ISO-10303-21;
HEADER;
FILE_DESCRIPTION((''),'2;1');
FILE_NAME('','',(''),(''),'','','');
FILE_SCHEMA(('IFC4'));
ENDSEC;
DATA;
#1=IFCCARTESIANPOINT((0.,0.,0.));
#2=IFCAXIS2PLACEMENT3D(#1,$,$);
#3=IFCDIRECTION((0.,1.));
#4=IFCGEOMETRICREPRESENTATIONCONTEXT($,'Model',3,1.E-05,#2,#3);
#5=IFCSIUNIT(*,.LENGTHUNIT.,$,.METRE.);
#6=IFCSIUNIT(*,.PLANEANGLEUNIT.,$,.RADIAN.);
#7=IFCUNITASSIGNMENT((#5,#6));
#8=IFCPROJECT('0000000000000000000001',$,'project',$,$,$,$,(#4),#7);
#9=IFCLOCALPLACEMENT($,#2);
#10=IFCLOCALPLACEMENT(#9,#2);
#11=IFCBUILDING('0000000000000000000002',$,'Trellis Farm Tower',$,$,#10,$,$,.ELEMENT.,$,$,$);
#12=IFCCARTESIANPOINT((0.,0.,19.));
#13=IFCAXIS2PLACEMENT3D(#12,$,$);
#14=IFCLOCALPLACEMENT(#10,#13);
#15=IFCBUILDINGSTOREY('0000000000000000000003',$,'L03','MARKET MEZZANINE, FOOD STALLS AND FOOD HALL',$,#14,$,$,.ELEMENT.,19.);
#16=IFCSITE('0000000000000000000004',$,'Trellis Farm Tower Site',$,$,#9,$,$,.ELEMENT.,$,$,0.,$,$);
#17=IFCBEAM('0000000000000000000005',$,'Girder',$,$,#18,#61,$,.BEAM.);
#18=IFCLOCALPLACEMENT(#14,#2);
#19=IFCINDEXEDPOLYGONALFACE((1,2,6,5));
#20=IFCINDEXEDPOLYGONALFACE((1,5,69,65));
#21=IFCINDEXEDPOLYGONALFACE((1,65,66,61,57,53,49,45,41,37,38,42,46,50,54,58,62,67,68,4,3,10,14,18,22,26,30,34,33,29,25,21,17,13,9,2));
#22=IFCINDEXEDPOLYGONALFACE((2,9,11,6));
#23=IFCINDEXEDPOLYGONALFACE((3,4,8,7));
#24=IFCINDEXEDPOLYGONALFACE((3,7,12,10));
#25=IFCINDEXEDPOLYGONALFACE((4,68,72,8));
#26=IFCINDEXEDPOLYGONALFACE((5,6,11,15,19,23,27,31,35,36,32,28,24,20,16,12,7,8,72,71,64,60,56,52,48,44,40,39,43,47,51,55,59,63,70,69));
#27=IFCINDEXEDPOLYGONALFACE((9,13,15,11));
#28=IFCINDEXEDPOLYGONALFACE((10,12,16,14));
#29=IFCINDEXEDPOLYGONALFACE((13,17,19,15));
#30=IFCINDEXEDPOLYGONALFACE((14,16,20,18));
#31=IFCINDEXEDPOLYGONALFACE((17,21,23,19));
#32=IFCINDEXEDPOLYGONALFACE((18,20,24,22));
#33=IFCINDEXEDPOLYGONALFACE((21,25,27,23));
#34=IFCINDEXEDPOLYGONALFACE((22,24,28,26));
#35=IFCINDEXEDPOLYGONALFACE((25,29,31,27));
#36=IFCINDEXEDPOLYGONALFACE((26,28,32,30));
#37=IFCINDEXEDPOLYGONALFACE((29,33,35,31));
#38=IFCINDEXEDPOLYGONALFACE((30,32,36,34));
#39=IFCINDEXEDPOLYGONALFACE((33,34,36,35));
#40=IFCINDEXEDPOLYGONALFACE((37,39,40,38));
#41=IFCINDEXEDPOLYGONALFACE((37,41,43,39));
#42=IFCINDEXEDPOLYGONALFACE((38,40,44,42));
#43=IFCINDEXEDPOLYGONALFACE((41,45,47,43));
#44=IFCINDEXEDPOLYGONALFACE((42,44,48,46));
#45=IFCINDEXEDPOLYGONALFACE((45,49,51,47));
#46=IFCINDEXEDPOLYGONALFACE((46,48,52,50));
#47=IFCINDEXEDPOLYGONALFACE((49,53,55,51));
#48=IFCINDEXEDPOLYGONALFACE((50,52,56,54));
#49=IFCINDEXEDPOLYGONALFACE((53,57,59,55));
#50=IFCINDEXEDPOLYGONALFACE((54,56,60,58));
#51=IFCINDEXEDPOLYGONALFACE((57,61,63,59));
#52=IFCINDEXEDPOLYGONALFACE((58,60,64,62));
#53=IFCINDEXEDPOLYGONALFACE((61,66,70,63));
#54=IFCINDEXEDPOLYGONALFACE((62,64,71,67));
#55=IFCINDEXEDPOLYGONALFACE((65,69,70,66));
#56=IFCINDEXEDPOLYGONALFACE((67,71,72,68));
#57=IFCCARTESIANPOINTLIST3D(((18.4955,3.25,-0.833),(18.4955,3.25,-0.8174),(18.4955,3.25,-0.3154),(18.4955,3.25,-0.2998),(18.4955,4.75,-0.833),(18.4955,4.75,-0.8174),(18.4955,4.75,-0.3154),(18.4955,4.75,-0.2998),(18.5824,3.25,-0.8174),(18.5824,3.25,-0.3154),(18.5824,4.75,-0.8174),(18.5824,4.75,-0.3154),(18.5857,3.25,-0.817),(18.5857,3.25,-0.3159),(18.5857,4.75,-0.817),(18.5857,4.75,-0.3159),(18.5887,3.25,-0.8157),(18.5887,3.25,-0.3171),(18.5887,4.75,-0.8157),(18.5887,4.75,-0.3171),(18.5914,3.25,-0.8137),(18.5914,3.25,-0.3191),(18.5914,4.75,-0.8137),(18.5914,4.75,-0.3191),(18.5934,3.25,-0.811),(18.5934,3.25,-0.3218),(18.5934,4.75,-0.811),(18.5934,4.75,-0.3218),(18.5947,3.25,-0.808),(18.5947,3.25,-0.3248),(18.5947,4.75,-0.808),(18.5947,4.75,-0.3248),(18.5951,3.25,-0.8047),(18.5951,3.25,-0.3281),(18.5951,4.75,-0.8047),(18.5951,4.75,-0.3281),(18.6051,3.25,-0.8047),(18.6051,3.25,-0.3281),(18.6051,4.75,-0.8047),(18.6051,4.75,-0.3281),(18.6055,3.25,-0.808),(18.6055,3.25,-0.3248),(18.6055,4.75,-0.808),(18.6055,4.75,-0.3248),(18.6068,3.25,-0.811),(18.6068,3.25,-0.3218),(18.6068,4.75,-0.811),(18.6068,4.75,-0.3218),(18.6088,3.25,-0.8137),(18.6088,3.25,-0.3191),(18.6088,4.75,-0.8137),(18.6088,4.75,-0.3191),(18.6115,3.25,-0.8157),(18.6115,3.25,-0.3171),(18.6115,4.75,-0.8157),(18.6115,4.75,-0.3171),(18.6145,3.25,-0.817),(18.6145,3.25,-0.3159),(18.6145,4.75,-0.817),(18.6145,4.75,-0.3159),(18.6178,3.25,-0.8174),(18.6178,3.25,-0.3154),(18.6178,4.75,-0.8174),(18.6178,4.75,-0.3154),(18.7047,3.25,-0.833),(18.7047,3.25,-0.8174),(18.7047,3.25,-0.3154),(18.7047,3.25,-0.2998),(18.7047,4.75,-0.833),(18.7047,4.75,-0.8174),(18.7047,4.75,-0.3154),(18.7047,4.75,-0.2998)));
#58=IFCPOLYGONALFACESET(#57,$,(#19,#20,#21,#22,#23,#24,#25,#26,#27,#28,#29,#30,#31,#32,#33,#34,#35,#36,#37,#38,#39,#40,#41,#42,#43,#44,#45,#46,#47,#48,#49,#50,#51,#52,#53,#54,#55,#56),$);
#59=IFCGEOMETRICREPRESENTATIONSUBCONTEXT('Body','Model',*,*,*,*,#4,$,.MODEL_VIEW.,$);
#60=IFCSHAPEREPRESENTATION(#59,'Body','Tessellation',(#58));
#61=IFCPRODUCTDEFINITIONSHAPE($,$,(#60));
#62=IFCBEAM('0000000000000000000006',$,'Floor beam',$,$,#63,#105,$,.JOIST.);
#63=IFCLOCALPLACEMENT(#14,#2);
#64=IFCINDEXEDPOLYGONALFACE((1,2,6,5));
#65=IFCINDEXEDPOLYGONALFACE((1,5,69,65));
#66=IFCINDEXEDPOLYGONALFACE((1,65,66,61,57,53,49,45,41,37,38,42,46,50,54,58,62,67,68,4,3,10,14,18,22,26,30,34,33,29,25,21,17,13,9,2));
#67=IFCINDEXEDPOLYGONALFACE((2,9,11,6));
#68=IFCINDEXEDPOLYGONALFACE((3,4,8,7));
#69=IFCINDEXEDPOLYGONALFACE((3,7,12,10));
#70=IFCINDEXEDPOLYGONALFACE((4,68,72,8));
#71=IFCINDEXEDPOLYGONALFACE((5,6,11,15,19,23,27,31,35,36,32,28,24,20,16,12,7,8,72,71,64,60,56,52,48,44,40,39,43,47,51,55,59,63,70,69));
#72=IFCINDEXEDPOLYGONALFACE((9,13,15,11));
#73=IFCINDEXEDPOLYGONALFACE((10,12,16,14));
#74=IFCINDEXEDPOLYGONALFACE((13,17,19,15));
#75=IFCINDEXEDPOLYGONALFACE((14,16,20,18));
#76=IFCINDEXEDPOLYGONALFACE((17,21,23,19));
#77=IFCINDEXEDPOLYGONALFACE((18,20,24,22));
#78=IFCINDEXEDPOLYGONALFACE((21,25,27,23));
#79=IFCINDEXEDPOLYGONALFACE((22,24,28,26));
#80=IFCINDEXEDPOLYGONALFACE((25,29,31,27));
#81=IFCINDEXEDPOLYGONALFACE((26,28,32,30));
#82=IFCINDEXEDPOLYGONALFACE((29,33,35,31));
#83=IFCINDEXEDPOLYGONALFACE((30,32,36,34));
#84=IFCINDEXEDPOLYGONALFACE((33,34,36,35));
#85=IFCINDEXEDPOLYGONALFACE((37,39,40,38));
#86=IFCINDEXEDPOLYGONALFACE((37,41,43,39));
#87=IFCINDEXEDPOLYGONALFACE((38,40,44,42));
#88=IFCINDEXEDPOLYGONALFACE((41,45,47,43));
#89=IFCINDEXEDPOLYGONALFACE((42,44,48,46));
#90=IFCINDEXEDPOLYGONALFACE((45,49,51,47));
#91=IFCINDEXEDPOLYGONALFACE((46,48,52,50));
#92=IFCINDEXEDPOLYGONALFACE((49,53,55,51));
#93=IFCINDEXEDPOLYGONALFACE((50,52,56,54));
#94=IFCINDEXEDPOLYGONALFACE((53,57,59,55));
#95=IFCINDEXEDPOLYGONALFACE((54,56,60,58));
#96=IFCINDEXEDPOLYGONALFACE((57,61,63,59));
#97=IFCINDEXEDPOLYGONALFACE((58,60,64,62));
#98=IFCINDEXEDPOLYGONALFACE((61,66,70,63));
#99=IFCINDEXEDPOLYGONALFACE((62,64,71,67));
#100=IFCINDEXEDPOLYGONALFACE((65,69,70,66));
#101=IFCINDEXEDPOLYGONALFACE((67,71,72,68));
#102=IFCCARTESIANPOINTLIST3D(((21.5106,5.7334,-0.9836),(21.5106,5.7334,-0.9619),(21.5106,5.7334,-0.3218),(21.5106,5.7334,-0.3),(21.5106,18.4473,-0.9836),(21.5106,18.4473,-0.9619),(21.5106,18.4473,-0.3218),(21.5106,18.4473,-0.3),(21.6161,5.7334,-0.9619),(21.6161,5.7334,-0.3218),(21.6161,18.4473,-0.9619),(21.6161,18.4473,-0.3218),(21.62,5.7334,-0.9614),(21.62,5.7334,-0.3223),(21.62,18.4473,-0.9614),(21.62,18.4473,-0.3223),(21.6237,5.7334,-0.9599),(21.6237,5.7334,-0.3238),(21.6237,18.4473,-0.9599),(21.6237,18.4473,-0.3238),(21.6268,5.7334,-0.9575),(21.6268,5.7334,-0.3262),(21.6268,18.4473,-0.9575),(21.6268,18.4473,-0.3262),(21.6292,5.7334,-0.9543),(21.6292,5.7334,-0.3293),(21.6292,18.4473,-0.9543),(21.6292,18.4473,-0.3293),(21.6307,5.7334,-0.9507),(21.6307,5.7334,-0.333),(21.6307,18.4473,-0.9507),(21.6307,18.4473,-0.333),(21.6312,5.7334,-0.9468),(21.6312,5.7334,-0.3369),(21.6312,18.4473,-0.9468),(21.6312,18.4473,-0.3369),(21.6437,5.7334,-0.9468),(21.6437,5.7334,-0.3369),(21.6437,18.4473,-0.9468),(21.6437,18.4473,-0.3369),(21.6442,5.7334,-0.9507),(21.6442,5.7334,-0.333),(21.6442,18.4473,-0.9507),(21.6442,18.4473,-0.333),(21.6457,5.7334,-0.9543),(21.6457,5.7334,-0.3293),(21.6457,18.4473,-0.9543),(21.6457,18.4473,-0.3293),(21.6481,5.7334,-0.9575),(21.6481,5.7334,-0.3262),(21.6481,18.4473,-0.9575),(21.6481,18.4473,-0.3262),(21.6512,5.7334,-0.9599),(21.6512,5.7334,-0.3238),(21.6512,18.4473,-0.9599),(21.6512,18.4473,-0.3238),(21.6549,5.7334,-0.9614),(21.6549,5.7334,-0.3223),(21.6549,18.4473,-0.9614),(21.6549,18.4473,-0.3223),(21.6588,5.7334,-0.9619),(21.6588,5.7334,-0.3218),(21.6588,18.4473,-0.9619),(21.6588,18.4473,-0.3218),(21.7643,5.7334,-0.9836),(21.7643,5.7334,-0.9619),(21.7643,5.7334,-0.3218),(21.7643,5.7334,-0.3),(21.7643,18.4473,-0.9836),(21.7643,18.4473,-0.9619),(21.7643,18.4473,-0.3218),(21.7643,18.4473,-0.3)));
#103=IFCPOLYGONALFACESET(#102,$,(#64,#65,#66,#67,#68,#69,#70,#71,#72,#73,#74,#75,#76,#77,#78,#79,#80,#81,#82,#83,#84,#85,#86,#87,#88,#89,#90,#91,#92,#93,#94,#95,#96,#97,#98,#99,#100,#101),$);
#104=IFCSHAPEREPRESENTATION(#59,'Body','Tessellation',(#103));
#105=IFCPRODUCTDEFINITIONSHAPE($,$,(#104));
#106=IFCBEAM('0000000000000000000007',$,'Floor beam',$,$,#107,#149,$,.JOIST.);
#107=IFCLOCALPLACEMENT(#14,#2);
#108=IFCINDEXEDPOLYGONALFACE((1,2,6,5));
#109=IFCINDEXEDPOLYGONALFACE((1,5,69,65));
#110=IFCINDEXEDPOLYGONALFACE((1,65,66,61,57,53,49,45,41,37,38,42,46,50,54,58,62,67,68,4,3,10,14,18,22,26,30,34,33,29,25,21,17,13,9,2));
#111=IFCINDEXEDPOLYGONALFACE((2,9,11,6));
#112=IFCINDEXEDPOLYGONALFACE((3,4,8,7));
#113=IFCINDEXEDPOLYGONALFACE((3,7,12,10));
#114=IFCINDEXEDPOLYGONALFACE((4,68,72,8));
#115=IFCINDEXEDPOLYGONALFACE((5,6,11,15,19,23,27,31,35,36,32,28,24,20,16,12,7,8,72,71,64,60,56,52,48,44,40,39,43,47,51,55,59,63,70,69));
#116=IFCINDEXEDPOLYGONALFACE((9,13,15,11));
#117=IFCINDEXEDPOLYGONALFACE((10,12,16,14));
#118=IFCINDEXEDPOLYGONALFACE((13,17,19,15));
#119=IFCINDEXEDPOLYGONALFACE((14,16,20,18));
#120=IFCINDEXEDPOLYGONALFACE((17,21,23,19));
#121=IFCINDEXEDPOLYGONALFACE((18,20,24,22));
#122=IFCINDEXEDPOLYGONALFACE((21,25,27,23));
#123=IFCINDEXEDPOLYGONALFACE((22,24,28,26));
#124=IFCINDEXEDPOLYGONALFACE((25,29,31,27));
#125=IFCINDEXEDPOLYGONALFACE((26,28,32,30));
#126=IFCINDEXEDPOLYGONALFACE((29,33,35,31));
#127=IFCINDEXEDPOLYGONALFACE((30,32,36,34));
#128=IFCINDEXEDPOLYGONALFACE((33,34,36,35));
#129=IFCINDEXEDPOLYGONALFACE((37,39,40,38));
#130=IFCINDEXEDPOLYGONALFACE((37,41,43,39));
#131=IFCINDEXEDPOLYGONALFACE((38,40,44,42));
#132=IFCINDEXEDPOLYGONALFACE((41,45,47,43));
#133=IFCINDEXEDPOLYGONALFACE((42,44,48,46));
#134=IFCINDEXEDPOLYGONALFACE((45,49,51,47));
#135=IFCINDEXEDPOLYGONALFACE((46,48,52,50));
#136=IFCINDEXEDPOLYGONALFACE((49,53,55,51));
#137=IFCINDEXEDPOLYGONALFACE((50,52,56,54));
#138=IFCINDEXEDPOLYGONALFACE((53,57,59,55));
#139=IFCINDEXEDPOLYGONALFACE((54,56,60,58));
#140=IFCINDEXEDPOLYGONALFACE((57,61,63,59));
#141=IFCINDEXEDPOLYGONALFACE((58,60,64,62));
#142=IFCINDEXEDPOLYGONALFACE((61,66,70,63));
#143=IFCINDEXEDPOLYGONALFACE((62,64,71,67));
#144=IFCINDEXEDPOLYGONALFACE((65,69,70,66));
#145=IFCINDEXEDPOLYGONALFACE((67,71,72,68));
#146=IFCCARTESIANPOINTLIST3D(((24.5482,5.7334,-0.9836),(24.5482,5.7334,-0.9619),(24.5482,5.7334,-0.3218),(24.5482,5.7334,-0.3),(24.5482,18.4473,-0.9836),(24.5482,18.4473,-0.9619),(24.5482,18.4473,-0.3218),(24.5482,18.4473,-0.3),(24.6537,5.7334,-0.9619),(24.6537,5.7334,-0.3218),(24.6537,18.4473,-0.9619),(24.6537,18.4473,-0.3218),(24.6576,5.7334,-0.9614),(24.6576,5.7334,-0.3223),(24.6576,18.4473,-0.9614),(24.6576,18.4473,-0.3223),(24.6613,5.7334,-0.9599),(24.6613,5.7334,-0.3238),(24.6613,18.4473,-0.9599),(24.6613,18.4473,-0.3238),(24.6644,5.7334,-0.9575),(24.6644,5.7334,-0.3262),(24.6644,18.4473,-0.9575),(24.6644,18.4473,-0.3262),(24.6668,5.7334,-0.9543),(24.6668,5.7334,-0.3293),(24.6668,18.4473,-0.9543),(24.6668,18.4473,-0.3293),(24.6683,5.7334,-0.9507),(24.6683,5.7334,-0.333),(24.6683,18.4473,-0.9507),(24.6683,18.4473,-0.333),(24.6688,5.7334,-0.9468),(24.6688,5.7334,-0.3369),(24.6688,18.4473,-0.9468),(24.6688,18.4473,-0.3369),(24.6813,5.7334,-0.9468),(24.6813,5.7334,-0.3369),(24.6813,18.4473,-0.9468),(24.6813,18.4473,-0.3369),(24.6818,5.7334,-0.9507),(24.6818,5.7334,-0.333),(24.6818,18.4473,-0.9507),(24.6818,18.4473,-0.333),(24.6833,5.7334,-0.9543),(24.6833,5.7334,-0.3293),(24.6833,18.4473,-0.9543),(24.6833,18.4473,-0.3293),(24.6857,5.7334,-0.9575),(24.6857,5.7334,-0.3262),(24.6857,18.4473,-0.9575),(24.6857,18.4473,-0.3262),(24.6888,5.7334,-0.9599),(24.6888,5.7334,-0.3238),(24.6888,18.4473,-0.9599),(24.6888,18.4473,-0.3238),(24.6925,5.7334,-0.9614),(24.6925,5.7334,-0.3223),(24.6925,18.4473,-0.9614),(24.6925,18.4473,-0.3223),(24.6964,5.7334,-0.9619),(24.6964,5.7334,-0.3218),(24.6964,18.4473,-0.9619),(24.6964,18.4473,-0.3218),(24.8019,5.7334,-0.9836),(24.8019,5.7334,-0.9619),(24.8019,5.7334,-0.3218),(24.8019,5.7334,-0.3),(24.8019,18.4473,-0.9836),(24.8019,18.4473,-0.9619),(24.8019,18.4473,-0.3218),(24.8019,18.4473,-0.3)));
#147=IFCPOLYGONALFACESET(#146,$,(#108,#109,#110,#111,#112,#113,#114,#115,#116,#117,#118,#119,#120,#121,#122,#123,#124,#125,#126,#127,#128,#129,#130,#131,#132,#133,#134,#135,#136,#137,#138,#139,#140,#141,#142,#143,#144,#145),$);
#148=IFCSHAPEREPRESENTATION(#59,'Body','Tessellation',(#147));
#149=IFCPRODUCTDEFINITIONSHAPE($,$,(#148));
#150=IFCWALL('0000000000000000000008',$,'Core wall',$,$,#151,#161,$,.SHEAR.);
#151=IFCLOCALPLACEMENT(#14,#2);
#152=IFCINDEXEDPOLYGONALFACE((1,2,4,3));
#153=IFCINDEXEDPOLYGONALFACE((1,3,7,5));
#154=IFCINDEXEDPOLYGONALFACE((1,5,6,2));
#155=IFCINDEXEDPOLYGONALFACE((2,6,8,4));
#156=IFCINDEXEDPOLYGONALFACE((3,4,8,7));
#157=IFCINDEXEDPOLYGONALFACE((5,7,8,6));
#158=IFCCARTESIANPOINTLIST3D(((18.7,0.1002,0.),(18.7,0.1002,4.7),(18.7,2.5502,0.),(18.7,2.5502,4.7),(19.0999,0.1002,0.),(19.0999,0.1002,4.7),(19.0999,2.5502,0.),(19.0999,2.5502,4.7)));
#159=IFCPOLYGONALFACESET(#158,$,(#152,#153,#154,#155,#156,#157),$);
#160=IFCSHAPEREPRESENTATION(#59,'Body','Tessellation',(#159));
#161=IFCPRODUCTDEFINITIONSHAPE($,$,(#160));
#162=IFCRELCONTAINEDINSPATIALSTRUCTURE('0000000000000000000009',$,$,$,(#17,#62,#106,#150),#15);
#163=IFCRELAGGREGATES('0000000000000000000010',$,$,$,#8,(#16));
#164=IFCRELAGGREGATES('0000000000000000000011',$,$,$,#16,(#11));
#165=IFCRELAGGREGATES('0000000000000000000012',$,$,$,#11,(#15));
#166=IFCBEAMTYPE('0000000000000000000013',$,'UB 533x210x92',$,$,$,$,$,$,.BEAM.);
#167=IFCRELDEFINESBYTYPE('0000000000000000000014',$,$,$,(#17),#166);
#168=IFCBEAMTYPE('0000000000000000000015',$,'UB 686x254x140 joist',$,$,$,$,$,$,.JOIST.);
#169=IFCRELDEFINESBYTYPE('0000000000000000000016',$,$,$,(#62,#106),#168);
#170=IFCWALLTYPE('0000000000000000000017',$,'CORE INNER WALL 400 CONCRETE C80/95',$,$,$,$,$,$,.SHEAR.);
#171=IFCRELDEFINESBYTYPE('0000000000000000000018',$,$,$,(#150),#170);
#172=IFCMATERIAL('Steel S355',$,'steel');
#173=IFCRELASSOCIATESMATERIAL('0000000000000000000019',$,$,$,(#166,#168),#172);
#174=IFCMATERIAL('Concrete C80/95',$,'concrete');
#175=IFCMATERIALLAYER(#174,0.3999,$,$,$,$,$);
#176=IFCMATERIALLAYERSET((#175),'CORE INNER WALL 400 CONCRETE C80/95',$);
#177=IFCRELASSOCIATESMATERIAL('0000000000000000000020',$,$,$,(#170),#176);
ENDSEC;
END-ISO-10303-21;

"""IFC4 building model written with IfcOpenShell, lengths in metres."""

from ifc_helpers import new_model, si_unit, direction, frame, frame_2d, origin, origin_2d, place, context, subcontext, project, spatial, rectangle, i_section, extrude, source, transform, mapped, material, layer, layer_set, material_profile, profile_set, type_object, element, save


model = new_model("IFC4")

# Units and contexts
model_context = context("Model", 3, precision=1e-05, world=origin(), true_north=direction((0.0, 1.0)))
body_context = subcontext(model_context, "Body", "Model", "MODEL_VIEW")
ifc_project = project(units=[si_unit("LENGTHUNIT", "METRE"), si_unit("PLANEANGLEUNIT", "RADIAN")], contexts=[model_context])

# Site, building, storey
site_placement = place(None, origin())
site = spatial("IfcSite", under=ifc_project, at=site_placement, Name="Trellis Farm Tower Site", CompositionType="ELEMENT", RefElevation=0.0)
building_placement = place(site_placement, origin())
building = spatial("IfcBuilding", under=site, at=building_placement, Name="Trellis Farm Tower", CompositionType="ELEMENT")
storey_placement = place(building_placement, frame((0.0, 0.0, 19.0)))
storey = spatial("IfcBuildingStorey", under=building, at=storey_placement, Name="L03", Description="MARKET MEZZANINE, FOOD STALLS AND FOOD HALL", CompositionType="ELEMENT", Elevation=19.0)

# Shared definitions
ifc_material_1 = material(Name="Concrete C80/95", Category="concrete")

# Beams
ifc_material_2 = material(Name="Steel S355", Category="steel")
ifc_material_profile_1 = material_profile(ifc_material_2, i_section(OverallWidth=0.2092, OverallDepth=0.5332, WebThickness=0.01, FlangeThickness=0.0156, FilletRadius=0.0127, at=origin_2d()), Name="UB 533x210x92")
ifc_profile_set_1 = profile_set([ifc_material_profile_1], Name="Steel S355")
beam_type_1 = type_object("IfcBeamType", Name="UB 533x210x92", PredefinedType="BEAM", material=ifc_profile_set_1)
shared_shape_1 = source(origin(), body_context, "Body", "SweptSolid", [
    extrude(i_section(OverallWidth=0.2092, OverallDepth=0.5332, WebThickness=0.01, FlangeThickness=0.0156, FilletRadius=0.0127, at=origin_2d()), origin(), (0.0, 0.0, 1.0), 1.5),
])
beam_1_placement = place(storey_placement, frame((18.6001, 3.25, -0.5664), z_axis=(0.0, 1.0, 0.0), x_axis=(-1.0, 0.0, 0.0)))
element("IfcBeam", 1, at=beam_1_placement, inside=storey, type_object=beam_type_1, Name="Girder", PredefinedType="BEAM", context=body_context, shape_type="MappedRepresentation", body=[
    mapped(shared_shape_1, transform((0.0, 0.0, 0.0))),
])
ifc_material_profile_2 = material_profile(ifc_material_2, i_section(OverallWidth=0.2537, OverallDepth=0.6836, WebThickness=0.0125, FlangeThickness=0.0217, FilletRadius=0.0151, at=origin_2d()), Name="UB 686x254x140")
ifc_profile_set_2 = profile_set([ifc_material_profile_2], Name="Steel S355")
beam_type_2 = type_object("IfcBeamType", Name="UB 686x254x140 joist", PredefinedType="JOIST", material=ifc_profile_set_2)
shared_shape_2 = source(origin(), body_context, "Body", "SweptSolid", [
    extrude(i_section(OverallWidth=0.2537, OverallDepth=0.6836, WebThickness=0.0125, FlangeThickness=0.0217, FilletRadius=0.0151, at=origin_2d()), origin(), (0.0, 0.0, 1.0), 12.7139),
])
for number, where, z_axis, x_axis, name in (
    (2, (21.6375, 5.7334, -0.6418), (0.0, 1.0, 0.0), (-1.0, 0.0, 0.0), "Floor beam"),
    (3, (24.675, 5.7334, -0.6418), (0.0, 1.0, 0.0), (-1.0, 0.0, 0.0), "Floor beam"),
):
    element("IfcBeam", number, at=place(storey_placement, frame(where, z_axis=z_axis, x_axis=x_axis)), inside=storey, type_object=beam_type_2, Name=name, PredefinedType="JOIST", context=body_context, shape_type="MappedRepresentation", body=[
        mapped(shared_shape_2, transform((0.0, 0.0, 0.0))),
    ])

# Wall
ifc_layer_1 = layer(ifc_material_1, 0.3999)
ifc_layer_set_1 = layer_set([ifc_layer_1], Name="CORE INNER WALL 400 CONCRETE C80/95")
wall_type_1 = type_object("IfcWallType", Name="CORE INNER WALL 400 CONCRETE C80/95", PredefinedType="SHEAR", material=ifc_layer_set_1)
shared_shape_3 = source(origin(), body_context, "Body", "SweptSolid", [
    extrude(rectangle(XDim=2.45, YDim=0.3999, at=frame_2d((1.2251, 0.0))), origin(), (0.0, 0.0, 1.0), 4.7),
])
wall_1_placement = place(storey_placement, frame((18.8999, 0.1001, 0.0), z_axis=(0.0, 0.0, 1.0), x_axis=(0.0, 1.0, 0.0)))
element("IfcWall", 4, at=wall_1_placement, inside=storey, type_object=wall_type_1, Name="Core wall", PredefinedType="SHEAR", context=body_context, shape_type="MappedRepresentation", body=[
    mapped(shared_shape_3, transform((0.0, 0.0, 0.0))),
])

save(model, "model.ifc")
